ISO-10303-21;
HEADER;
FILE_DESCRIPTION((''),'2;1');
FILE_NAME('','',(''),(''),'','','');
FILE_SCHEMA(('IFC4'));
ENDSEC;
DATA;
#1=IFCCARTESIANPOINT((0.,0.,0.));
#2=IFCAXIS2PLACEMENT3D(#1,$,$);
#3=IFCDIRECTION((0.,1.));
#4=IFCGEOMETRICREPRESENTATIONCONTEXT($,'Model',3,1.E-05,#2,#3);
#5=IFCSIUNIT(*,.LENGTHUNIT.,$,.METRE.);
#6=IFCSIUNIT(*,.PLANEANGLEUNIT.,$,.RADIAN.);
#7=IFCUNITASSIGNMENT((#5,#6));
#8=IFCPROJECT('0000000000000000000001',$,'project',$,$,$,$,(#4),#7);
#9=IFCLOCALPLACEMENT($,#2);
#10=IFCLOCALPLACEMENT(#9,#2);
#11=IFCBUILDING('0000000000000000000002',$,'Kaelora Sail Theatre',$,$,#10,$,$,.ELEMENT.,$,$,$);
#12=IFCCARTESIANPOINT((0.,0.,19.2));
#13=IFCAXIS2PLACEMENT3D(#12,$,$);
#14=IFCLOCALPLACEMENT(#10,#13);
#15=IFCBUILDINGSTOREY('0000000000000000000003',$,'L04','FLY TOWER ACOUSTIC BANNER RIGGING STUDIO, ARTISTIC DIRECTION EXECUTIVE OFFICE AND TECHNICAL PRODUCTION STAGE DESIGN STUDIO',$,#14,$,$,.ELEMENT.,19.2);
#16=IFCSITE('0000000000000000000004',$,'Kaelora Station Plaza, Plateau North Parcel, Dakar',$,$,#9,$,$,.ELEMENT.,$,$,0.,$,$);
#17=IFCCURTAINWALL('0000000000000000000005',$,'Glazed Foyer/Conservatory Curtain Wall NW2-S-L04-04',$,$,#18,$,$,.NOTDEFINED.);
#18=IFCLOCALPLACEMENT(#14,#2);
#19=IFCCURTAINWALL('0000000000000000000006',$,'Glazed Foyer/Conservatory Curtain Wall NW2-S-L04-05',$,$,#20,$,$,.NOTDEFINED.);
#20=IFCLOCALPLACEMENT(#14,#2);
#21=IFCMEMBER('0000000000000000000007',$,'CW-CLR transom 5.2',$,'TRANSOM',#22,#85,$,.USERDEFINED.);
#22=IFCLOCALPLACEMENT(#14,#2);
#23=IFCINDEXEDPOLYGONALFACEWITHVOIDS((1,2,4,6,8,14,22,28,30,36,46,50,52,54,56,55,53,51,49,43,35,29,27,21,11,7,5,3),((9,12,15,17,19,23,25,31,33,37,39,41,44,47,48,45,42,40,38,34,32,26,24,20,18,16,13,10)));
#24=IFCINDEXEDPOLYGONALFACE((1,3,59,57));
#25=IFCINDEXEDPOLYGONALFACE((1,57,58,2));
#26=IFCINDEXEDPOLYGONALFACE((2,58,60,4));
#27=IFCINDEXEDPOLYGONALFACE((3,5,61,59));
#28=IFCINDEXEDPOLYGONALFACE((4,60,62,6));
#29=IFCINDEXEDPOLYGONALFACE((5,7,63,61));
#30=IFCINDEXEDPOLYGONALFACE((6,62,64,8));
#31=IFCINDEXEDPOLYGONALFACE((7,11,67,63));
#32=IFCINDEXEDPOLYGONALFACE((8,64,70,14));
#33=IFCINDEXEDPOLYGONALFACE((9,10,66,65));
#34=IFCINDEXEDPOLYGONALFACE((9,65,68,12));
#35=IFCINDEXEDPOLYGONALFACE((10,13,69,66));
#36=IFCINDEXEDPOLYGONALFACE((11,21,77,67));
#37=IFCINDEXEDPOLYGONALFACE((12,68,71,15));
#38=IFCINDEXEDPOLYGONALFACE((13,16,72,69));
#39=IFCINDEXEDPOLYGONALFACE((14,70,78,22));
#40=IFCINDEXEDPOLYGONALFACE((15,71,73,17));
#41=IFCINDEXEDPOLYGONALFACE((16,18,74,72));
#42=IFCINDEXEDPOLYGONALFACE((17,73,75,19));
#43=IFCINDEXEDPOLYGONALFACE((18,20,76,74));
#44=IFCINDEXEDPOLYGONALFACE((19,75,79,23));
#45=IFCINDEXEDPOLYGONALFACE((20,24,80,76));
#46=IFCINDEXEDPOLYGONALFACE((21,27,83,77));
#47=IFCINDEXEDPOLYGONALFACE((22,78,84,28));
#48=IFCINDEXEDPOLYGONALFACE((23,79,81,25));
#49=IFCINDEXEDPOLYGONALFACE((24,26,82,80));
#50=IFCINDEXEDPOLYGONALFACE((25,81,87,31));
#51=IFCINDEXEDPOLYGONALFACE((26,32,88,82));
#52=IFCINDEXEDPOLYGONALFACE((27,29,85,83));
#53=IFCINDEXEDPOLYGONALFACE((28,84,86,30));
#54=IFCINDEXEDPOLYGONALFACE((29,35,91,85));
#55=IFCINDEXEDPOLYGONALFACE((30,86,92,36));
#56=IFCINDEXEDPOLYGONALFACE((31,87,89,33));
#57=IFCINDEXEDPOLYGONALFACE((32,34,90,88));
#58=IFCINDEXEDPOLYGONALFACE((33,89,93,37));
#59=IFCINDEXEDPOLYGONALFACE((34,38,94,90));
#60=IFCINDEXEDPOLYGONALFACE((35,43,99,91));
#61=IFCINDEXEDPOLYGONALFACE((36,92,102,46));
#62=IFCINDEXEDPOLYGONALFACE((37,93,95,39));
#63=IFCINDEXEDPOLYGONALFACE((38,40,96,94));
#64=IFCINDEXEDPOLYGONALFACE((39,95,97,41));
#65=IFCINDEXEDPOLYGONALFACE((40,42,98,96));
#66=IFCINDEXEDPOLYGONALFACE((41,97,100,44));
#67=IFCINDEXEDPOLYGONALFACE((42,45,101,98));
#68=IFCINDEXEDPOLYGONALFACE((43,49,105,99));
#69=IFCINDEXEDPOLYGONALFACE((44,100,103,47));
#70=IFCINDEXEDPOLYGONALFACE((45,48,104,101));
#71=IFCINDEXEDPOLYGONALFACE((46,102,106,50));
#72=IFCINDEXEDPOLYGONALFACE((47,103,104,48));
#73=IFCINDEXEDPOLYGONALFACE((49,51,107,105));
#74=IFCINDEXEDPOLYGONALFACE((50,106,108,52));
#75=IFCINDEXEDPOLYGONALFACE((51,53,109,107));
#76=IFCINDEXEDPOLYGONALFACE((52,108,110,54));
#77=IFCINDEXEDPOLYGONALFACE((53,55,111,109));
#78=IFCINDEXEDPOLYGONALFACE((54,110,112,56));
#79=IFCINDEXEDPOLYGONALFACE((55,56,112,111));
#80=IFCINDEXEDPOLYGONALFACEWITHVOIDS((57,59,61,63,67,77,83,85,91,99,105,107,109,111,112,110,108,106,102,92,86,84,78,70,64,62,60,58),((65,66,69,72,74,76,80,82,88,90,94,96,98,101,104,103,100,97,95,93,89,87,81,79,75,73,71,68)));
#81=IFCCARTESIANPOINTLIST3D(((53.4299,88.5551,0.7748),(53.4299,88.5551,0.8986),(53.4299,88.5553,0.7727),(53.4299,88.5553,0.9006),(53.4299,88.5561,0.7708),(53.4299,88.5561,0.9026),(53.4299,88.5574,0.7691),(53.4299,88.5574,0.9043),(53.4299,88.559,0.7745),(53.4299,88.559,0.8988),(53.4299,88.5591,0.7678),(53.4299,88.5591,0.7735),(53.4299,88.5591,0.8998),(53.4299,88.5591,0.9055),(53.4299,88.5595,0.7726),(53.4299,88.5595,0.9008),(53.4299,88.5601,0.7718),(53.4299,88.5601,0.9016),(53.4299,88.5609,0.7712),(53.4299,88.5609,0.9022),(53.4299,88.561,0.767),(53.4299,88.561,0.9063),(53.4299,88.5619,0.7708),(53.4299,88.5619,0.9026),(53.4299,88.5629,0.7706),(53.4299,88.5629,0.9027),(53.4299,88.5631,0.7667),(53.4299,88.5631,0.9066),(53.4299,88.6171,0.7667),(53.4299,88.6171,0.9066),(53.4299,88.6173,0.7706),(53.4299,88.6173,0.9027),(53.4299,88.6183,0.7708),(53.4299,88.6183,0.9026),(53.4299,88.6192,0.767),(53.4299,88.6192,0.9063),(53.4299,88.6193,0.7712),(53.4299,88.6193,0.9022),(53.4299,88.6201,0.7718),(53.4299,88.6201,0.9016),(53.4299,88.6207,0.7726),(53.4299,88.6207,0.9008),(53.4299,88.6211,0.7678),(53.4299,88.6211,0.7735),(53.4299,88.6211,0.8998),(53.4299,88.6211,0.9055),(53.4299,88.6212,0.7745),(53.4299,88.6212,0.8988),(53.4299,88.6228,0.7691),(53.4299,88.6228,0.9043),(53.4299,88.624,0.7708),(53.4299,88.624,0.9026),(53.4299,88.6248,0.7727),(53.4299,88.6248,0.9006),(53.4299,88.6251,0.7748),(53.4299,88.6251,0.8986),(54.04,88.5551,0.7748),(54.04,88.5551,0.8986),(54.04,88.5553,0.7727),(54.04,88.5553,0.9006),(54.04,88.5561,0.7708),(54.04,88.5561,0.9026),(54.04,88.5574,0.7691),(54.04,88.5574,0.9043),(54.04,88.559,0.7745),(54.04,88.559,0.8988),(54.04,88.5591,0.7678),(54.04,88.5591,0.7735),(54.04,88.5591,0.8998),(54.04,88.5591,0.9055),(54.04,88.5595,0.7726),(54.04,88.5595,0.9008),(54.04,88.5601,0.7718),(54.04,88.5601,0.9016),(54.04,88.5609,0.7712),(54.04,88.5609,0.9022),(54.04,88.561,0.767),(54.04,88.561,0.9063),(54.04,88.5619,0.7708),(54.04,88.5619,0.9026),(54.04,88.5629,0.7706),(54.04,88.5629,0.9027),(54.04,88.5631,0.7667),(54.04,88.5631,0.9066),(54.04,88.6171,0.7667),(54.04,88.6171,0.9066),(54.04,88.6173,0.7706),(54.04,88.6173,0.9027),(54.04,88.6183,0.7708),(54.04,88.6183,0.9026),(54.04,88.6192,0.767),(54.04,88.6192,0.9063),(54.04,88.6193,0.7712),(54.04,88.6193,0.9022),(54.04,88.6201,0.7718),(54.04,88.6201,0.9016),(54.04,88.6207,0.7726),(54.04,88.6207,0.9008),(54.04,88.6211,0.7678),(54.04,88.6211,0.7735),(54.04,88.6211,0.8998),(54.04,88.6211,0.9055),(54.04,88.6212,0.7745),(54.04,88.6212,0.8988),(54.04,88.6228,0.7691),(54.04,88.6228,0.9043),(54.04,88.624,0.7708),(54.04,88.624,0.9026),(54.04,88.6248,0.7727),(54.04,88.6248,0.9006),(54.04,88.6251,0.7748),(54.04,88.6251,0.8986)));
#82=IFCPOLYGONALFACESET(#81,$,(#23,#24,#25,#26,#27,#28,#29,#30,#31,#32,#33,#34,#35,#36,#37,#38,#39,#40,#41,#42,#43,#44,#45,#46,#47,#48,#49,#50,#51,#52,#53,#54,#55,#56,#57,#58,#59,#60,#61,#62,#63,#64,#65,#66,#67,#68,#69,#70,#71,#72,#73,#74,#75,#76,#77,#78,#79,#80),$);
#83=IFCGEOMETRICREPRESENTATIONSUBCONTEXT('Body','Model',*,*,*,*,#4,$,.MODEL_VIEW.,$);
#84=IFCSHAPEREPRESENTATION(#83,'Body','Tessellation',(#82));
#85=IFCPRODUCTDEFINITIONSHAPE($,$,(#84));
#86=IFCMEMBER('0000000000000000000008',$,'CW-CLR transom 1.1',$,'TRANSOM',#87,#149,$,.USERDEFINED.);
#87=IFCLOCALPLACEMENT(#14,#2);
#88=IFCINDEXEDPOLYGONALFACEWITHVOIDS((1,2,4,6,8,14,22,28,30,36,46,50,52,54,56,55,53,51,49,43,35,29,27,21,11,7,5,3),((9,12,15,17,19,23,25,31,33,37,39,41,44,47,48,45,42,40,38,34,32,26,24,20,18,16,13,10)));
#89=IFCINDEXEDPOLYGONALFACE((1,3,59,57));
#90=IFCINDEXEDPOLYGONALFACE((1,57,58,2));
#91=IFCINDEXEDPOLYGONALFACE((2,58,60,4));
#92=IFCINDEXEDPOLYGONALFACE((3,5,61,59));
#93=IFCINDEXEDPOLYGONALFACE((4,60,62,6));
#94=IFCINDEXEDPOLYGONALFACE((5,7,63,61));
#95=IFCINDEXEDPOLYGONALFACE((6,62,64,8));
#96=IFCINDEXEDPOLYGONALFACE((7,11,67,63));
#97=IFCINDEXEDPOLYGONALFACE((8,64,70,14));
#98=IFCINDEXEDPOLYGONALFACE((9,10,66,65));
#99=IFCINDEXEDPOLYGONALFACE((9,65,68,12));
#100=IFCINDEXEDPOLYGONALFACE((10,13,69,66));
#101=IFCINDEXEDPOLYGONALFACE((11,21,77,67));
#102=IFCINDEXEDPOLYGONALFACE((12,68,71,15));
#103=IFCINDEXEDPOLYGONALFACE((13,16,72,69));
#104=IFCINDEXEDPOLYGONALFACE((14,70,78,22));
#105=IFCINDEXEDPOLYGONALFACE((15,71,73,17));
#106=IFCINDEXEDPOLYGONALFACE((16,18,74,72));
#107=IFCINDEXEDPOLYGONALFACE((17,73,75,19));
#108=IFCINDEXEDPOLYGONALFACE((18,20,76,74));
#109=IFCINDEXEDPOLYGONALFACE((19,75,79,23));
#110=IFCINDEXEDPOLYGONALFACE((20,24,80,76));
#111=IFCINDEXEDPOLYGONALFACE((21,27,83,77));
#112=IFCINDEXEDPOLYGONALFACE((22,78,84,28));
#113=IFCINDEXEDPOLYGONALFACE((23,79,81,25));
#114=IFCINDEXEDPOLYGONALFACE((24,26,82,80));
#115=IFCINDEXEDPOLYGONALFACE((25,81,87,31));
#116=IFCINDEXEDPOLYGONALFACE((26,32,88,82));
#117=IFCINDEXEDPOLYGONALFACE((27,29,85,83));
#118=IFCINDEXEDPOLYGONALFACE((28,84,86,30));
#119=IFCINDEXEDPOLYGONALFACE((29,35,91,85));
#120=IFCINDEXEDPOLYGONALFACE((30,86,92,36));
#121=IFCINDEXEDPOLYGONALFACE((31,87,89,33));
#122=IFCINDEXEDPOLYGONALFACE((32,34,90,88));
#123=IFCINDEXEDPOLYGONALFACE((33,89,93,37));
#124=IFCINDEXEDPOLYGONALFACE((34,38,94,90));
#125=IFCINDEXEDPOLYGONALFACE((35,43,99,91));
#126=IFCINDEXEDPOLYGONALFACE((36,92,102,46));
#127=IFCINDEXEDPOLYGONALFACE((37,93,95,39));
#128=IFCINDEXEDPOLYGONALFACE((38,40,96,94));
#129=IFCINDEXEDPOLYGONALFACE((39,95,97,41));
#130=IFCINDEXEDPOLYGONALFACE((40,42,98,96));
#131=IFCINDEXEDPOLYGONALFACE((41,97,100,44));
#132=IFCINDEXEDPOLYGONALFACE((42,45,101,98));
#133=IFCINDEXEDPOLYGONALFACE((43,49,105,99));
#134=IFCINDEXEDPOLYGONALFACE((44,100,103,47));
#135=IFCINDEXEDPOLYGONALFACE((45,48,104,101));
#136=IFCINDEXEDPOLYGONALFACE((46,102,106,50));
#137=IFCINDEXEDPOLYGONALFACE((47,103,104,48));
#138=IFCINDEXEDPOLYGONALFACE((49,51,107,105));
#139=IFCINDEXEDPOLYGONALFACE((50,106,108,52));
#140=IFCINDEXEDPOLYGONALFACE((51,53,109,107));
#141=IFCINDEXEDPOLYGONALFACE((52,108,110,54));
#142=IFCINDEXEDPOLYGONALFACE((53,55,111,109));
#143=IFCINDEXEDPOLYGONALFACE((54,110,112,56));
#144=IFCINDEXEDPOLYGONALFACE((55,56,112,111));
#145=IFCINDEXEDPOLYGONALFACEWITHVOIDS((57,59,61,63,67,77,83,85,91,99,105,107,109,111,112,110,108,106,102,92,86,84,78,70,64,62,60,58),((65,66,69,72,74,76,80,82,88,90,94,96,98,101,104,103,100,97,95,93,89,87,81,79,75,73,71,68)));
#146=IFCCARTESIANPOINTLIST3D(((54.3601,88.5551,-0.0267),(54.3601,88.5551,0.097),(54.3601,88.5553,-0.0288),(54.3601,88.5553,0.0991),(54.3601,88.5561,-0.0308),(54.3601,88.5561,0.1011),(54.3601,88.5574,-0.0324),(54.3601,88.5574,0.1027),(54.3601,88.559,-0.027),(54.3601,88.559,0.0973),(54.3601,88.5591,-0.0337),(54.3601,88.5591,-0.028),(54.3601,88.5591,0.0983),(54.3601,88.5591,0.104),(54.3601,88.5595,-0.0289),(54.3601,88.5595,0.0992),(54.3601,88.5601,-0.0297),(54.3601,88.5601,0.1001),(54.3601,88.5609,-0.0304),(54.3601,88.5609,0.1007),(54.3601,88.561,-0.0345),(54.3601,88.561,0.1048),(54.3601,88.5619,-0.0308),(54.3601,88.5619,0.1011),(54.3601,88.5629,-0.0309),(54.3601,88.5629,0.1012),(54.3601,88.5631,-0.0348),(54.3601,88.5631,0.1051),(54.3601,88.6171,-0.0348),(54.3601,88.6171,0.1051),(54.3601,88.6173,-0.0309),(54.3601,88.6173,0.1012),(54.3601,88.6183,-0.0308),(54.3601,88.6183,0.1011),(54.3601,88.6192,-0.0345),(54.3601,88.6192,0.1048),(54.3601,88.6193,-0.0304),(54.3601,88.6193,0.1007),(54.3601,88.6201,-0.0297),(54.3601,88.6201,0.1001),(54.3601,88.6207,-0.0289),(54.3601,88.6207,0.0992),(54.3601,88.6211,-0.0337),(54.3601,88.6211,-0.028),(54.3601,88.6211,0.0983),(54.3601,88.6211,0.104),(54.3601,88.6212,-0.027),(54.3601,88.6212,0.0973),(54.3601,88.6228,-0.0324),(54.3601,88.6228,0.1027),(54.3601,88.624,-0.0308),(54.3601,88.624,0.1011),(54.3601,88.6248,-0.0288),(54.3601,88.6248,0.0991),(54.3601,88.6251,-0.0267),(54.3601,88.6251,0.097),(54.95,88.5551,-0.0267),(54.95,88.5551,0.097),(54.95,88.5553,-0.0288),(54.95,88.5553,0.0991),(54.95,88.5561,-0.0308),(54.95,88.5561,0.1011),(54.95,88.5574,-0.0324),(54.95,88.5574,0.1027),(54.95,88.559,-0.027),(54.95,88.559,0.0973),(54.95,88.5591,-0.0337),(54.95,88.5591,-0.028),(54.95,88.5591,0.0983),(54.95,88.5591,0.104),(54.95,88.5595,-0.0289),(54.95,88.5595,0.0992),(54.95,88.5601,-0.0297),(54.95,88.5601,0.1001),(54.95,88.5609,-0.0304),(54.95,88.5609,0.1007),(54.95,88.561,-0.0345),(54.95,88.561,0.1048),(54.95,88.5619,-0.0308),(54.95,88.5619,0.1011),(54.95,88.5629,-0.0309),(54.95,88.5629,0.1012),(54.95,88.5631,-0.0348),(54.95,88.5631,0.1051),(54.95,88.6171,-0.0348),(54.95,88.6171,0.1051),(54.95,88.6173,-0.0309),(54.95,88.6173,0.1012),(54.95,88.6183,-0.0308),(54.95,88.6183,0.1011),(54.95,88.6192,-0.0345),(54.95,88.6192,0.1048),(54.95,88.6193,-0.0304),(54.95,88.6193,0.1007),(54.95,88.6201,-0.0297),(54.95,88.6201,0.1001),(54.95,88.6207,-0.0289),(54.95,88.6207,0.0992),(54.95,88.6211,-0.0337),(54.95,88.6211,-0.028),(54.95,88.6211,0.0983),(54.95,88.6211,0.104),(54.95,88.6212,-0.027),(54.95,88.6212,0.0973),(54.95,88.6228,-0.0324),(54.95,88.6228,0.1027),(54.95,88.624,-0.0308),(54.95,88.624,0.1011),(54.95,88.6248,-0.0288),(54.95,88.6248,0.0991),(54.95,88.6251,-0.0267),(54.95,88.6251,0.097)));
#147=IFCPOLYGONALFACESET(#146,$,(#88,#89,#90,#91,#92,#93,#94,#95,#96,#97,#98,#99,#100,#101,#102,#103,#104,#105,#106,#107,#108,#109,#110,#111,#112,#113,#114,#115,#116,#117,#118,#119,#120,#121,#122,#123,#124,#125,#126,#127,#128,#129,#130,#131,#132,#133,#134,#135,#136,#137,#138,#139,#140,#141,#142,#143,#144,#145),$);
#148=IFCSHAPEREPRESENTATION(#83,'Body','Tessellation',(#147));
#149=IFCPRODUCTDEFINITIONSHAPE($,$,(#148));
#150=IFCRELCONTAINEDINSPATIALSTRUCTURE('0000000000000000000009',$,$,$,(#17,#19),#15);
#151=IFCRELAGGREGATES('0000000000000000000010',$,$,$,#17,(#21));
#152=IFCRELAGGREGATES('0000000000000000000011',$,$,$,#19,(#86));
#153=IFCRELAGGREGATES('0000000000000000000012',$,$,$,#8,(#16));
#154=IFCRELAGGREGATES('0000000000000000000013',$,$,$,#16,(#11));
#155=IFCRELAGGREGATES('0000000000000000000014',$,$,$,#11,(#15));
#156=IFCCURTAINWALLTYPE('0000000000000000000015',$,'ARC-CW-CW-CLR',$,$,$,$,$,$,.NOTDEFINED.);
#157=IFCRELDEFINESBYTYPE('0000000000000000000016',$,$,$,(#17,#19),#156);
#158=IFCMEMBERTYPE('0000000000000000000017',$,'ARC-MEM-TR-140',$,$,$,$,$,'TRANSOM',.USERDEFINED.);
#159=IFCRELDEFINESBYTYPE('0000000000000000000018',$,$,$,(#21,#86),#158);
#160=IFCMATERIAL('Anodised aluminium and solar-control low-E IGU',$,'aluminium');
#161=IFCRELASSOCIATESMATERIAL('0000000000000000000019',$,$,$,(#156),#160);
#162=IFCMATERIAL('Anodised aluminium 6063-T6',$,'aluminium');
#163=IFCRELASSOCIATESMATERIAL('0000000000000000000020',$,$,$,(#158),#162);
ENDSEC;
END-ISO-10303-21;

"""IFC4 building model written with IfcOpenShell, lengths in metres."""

from ifc_helpers import new_model, si_unit, direction, frame, origin, origin_2d, place, context, subcontext, project, spatial, hollow_rectangle, extrude, material, material_profile, profile_set, type_object, element, aggregate, save


model = new_model("IFC4")

# Units and contexts
model_context = context("Model", 3, precision=1e-05, world=origin(), true_north=direction((0.0, 1.0)))
body_context = subcontext(model_context, "Body", "Model", "MODEL_VIEW")
ifc_project = project(units=[si_unit("LENGTHUNIT", "METRE"), si_unit("PLANEANGLEUNIT", "RADIAN")], contexts=[model_context])

# Site, building, storey
site_placement = place(None, origin())
site = spatial("IfcSite", under=ifc_project, at=site_placement, Name="Kaelora Station Plaza, Plateau North Parcel, Dakar", CompositionType="ELEMENT", RefElevation=0.0)
building_placement = place(site_placement, origin())
building = spatial("IfcBuilding", under=site, at=building_placement, Name="Kaelora Sail Theatre", CompositionType="ELEMENT")
storey_placement = place(building_placement, frame((0.0, 0.0, 19.2)))
storey = spatial("IfcBuildingStorey", under=building, at=storey_placement, Name="L04", Description="FLY TOWER ACOUSTIC BANNER RIGGING STUDIO, ARTISTIC DIRECTION EXECUTIVE OFFICE AND TECHNICAL PRODUCTION STAGE DESIGN STUDIO", CompositionType="ELEMENT", Elevation=19.2)

# Curtain walls
ifc_material_1 = material(Name="Anodised aluminium and solar-control low-E IGU", Category="aluminium")
curtain_wall_type = type_object("IfcCurtainWallType", Name="ARC-CW-CW-CLR", PredefinedType="NOTDEFINED", material=ifc_material_1)
curtain_wall_1_placement = place(storey_placement, origin())
curtain_wall_1 = element("IfcCurtainWall", 1, at=curtain_wall_1_placement, inside=storey, type_object=curtain_wall_type, Name="Glazed Foyer/Conservatory Curtain Wall NW2-S-L04-04", PredefinedType="NOTDEFINED")
curtain_wall_2_placement = place(storey_placement, origin())
curtain_wall_2 = element("IfcCurtainWall", 2, at=curtain_wall_2_placement, inside=storey, type_object=curtain_wall_type, Name="Glazed Foyer/Conservatory Curtain Wall NW2-S-L04-05", PredefinedType="NOTDEFINED")

# Members
ifc_material_2 = material(Name="Anodised aluminium 6063-T6", Category="aluminium")
ifc_material_profile_1 = material_profile(ifc_material_2, hollow_rectangle(XDim=0.0701, YDim=0.1399, WallThickness=0.0039, InnerFilletRadius=0.0039, OuterFilletRadius=0.0081, at=origin_2d()), Name="ALU-TRAN 70x140x4")
ifc_profile_set_1 = profile_set([ifc_material_profile_1], Name="Anodised aluminium 6063-T6")
member_type_1 = type_object("IfcMemberType", Name="ARC-MEM-TR-140", ElementType="TRANSOM", PredefinedType="USERDEFINED", material=ifc_profile_set_1)
member_1_placement = place(storey_placement, frame((53.4299, 88.5901, 0.8367), z_axis=(1.0, 0.0, 0.0), x_axis=(0.0, 1.0, 0.0)))
member_1 = element("IfcMember", 3, at=member_1_placement, type_object=member_type_1, Name="CW-CLR transom 5.2", ObjectType="TRANSOM", PredefinedType="USERDEFINED", context=body_context, shape_type="SweptSolid", body=[
    extrude(hollow_rectangle(XDim=0.0701, YDim=0.1399, WallThickness=0.0039, InnerFilletRadius=0.0039, OuterFilletRadius=0.0081, at=origin_2d()), origin(), (0.0, 0.0, 1.0), 0.6101),
])
member_2_placement = place(storey_placement, frame((54.3601, 88.5901, 0.0352), z_axis=(1.0, 0.0, 0.0), x_axis=(0.0, 1.0, 0.0)))
member_2 = element("IfcMember", 4, at=member_2_placement, type_object=member_type_1, Name="CW-CLR transom 1.1", ObjectType="TRANSOM", PredefinedType="USERDEFINED", context=body_context, shape_type="SweptSolid", body=[
    extrude(hollow_rectangle(XDim=0.0701, YDim=0.1399, WallThickness=0.0039, InnerFilletRadius=0.0039, OuterFilletRadius=0.0081, at=origin_2d()), origin(), (0.0, 0.0, 1.0), 0.5898),
])

aggregate(curtain_wall_1, [member_1])
aggregate(curtain_wall_2, [member_2])

save(model, "model.ifc")
